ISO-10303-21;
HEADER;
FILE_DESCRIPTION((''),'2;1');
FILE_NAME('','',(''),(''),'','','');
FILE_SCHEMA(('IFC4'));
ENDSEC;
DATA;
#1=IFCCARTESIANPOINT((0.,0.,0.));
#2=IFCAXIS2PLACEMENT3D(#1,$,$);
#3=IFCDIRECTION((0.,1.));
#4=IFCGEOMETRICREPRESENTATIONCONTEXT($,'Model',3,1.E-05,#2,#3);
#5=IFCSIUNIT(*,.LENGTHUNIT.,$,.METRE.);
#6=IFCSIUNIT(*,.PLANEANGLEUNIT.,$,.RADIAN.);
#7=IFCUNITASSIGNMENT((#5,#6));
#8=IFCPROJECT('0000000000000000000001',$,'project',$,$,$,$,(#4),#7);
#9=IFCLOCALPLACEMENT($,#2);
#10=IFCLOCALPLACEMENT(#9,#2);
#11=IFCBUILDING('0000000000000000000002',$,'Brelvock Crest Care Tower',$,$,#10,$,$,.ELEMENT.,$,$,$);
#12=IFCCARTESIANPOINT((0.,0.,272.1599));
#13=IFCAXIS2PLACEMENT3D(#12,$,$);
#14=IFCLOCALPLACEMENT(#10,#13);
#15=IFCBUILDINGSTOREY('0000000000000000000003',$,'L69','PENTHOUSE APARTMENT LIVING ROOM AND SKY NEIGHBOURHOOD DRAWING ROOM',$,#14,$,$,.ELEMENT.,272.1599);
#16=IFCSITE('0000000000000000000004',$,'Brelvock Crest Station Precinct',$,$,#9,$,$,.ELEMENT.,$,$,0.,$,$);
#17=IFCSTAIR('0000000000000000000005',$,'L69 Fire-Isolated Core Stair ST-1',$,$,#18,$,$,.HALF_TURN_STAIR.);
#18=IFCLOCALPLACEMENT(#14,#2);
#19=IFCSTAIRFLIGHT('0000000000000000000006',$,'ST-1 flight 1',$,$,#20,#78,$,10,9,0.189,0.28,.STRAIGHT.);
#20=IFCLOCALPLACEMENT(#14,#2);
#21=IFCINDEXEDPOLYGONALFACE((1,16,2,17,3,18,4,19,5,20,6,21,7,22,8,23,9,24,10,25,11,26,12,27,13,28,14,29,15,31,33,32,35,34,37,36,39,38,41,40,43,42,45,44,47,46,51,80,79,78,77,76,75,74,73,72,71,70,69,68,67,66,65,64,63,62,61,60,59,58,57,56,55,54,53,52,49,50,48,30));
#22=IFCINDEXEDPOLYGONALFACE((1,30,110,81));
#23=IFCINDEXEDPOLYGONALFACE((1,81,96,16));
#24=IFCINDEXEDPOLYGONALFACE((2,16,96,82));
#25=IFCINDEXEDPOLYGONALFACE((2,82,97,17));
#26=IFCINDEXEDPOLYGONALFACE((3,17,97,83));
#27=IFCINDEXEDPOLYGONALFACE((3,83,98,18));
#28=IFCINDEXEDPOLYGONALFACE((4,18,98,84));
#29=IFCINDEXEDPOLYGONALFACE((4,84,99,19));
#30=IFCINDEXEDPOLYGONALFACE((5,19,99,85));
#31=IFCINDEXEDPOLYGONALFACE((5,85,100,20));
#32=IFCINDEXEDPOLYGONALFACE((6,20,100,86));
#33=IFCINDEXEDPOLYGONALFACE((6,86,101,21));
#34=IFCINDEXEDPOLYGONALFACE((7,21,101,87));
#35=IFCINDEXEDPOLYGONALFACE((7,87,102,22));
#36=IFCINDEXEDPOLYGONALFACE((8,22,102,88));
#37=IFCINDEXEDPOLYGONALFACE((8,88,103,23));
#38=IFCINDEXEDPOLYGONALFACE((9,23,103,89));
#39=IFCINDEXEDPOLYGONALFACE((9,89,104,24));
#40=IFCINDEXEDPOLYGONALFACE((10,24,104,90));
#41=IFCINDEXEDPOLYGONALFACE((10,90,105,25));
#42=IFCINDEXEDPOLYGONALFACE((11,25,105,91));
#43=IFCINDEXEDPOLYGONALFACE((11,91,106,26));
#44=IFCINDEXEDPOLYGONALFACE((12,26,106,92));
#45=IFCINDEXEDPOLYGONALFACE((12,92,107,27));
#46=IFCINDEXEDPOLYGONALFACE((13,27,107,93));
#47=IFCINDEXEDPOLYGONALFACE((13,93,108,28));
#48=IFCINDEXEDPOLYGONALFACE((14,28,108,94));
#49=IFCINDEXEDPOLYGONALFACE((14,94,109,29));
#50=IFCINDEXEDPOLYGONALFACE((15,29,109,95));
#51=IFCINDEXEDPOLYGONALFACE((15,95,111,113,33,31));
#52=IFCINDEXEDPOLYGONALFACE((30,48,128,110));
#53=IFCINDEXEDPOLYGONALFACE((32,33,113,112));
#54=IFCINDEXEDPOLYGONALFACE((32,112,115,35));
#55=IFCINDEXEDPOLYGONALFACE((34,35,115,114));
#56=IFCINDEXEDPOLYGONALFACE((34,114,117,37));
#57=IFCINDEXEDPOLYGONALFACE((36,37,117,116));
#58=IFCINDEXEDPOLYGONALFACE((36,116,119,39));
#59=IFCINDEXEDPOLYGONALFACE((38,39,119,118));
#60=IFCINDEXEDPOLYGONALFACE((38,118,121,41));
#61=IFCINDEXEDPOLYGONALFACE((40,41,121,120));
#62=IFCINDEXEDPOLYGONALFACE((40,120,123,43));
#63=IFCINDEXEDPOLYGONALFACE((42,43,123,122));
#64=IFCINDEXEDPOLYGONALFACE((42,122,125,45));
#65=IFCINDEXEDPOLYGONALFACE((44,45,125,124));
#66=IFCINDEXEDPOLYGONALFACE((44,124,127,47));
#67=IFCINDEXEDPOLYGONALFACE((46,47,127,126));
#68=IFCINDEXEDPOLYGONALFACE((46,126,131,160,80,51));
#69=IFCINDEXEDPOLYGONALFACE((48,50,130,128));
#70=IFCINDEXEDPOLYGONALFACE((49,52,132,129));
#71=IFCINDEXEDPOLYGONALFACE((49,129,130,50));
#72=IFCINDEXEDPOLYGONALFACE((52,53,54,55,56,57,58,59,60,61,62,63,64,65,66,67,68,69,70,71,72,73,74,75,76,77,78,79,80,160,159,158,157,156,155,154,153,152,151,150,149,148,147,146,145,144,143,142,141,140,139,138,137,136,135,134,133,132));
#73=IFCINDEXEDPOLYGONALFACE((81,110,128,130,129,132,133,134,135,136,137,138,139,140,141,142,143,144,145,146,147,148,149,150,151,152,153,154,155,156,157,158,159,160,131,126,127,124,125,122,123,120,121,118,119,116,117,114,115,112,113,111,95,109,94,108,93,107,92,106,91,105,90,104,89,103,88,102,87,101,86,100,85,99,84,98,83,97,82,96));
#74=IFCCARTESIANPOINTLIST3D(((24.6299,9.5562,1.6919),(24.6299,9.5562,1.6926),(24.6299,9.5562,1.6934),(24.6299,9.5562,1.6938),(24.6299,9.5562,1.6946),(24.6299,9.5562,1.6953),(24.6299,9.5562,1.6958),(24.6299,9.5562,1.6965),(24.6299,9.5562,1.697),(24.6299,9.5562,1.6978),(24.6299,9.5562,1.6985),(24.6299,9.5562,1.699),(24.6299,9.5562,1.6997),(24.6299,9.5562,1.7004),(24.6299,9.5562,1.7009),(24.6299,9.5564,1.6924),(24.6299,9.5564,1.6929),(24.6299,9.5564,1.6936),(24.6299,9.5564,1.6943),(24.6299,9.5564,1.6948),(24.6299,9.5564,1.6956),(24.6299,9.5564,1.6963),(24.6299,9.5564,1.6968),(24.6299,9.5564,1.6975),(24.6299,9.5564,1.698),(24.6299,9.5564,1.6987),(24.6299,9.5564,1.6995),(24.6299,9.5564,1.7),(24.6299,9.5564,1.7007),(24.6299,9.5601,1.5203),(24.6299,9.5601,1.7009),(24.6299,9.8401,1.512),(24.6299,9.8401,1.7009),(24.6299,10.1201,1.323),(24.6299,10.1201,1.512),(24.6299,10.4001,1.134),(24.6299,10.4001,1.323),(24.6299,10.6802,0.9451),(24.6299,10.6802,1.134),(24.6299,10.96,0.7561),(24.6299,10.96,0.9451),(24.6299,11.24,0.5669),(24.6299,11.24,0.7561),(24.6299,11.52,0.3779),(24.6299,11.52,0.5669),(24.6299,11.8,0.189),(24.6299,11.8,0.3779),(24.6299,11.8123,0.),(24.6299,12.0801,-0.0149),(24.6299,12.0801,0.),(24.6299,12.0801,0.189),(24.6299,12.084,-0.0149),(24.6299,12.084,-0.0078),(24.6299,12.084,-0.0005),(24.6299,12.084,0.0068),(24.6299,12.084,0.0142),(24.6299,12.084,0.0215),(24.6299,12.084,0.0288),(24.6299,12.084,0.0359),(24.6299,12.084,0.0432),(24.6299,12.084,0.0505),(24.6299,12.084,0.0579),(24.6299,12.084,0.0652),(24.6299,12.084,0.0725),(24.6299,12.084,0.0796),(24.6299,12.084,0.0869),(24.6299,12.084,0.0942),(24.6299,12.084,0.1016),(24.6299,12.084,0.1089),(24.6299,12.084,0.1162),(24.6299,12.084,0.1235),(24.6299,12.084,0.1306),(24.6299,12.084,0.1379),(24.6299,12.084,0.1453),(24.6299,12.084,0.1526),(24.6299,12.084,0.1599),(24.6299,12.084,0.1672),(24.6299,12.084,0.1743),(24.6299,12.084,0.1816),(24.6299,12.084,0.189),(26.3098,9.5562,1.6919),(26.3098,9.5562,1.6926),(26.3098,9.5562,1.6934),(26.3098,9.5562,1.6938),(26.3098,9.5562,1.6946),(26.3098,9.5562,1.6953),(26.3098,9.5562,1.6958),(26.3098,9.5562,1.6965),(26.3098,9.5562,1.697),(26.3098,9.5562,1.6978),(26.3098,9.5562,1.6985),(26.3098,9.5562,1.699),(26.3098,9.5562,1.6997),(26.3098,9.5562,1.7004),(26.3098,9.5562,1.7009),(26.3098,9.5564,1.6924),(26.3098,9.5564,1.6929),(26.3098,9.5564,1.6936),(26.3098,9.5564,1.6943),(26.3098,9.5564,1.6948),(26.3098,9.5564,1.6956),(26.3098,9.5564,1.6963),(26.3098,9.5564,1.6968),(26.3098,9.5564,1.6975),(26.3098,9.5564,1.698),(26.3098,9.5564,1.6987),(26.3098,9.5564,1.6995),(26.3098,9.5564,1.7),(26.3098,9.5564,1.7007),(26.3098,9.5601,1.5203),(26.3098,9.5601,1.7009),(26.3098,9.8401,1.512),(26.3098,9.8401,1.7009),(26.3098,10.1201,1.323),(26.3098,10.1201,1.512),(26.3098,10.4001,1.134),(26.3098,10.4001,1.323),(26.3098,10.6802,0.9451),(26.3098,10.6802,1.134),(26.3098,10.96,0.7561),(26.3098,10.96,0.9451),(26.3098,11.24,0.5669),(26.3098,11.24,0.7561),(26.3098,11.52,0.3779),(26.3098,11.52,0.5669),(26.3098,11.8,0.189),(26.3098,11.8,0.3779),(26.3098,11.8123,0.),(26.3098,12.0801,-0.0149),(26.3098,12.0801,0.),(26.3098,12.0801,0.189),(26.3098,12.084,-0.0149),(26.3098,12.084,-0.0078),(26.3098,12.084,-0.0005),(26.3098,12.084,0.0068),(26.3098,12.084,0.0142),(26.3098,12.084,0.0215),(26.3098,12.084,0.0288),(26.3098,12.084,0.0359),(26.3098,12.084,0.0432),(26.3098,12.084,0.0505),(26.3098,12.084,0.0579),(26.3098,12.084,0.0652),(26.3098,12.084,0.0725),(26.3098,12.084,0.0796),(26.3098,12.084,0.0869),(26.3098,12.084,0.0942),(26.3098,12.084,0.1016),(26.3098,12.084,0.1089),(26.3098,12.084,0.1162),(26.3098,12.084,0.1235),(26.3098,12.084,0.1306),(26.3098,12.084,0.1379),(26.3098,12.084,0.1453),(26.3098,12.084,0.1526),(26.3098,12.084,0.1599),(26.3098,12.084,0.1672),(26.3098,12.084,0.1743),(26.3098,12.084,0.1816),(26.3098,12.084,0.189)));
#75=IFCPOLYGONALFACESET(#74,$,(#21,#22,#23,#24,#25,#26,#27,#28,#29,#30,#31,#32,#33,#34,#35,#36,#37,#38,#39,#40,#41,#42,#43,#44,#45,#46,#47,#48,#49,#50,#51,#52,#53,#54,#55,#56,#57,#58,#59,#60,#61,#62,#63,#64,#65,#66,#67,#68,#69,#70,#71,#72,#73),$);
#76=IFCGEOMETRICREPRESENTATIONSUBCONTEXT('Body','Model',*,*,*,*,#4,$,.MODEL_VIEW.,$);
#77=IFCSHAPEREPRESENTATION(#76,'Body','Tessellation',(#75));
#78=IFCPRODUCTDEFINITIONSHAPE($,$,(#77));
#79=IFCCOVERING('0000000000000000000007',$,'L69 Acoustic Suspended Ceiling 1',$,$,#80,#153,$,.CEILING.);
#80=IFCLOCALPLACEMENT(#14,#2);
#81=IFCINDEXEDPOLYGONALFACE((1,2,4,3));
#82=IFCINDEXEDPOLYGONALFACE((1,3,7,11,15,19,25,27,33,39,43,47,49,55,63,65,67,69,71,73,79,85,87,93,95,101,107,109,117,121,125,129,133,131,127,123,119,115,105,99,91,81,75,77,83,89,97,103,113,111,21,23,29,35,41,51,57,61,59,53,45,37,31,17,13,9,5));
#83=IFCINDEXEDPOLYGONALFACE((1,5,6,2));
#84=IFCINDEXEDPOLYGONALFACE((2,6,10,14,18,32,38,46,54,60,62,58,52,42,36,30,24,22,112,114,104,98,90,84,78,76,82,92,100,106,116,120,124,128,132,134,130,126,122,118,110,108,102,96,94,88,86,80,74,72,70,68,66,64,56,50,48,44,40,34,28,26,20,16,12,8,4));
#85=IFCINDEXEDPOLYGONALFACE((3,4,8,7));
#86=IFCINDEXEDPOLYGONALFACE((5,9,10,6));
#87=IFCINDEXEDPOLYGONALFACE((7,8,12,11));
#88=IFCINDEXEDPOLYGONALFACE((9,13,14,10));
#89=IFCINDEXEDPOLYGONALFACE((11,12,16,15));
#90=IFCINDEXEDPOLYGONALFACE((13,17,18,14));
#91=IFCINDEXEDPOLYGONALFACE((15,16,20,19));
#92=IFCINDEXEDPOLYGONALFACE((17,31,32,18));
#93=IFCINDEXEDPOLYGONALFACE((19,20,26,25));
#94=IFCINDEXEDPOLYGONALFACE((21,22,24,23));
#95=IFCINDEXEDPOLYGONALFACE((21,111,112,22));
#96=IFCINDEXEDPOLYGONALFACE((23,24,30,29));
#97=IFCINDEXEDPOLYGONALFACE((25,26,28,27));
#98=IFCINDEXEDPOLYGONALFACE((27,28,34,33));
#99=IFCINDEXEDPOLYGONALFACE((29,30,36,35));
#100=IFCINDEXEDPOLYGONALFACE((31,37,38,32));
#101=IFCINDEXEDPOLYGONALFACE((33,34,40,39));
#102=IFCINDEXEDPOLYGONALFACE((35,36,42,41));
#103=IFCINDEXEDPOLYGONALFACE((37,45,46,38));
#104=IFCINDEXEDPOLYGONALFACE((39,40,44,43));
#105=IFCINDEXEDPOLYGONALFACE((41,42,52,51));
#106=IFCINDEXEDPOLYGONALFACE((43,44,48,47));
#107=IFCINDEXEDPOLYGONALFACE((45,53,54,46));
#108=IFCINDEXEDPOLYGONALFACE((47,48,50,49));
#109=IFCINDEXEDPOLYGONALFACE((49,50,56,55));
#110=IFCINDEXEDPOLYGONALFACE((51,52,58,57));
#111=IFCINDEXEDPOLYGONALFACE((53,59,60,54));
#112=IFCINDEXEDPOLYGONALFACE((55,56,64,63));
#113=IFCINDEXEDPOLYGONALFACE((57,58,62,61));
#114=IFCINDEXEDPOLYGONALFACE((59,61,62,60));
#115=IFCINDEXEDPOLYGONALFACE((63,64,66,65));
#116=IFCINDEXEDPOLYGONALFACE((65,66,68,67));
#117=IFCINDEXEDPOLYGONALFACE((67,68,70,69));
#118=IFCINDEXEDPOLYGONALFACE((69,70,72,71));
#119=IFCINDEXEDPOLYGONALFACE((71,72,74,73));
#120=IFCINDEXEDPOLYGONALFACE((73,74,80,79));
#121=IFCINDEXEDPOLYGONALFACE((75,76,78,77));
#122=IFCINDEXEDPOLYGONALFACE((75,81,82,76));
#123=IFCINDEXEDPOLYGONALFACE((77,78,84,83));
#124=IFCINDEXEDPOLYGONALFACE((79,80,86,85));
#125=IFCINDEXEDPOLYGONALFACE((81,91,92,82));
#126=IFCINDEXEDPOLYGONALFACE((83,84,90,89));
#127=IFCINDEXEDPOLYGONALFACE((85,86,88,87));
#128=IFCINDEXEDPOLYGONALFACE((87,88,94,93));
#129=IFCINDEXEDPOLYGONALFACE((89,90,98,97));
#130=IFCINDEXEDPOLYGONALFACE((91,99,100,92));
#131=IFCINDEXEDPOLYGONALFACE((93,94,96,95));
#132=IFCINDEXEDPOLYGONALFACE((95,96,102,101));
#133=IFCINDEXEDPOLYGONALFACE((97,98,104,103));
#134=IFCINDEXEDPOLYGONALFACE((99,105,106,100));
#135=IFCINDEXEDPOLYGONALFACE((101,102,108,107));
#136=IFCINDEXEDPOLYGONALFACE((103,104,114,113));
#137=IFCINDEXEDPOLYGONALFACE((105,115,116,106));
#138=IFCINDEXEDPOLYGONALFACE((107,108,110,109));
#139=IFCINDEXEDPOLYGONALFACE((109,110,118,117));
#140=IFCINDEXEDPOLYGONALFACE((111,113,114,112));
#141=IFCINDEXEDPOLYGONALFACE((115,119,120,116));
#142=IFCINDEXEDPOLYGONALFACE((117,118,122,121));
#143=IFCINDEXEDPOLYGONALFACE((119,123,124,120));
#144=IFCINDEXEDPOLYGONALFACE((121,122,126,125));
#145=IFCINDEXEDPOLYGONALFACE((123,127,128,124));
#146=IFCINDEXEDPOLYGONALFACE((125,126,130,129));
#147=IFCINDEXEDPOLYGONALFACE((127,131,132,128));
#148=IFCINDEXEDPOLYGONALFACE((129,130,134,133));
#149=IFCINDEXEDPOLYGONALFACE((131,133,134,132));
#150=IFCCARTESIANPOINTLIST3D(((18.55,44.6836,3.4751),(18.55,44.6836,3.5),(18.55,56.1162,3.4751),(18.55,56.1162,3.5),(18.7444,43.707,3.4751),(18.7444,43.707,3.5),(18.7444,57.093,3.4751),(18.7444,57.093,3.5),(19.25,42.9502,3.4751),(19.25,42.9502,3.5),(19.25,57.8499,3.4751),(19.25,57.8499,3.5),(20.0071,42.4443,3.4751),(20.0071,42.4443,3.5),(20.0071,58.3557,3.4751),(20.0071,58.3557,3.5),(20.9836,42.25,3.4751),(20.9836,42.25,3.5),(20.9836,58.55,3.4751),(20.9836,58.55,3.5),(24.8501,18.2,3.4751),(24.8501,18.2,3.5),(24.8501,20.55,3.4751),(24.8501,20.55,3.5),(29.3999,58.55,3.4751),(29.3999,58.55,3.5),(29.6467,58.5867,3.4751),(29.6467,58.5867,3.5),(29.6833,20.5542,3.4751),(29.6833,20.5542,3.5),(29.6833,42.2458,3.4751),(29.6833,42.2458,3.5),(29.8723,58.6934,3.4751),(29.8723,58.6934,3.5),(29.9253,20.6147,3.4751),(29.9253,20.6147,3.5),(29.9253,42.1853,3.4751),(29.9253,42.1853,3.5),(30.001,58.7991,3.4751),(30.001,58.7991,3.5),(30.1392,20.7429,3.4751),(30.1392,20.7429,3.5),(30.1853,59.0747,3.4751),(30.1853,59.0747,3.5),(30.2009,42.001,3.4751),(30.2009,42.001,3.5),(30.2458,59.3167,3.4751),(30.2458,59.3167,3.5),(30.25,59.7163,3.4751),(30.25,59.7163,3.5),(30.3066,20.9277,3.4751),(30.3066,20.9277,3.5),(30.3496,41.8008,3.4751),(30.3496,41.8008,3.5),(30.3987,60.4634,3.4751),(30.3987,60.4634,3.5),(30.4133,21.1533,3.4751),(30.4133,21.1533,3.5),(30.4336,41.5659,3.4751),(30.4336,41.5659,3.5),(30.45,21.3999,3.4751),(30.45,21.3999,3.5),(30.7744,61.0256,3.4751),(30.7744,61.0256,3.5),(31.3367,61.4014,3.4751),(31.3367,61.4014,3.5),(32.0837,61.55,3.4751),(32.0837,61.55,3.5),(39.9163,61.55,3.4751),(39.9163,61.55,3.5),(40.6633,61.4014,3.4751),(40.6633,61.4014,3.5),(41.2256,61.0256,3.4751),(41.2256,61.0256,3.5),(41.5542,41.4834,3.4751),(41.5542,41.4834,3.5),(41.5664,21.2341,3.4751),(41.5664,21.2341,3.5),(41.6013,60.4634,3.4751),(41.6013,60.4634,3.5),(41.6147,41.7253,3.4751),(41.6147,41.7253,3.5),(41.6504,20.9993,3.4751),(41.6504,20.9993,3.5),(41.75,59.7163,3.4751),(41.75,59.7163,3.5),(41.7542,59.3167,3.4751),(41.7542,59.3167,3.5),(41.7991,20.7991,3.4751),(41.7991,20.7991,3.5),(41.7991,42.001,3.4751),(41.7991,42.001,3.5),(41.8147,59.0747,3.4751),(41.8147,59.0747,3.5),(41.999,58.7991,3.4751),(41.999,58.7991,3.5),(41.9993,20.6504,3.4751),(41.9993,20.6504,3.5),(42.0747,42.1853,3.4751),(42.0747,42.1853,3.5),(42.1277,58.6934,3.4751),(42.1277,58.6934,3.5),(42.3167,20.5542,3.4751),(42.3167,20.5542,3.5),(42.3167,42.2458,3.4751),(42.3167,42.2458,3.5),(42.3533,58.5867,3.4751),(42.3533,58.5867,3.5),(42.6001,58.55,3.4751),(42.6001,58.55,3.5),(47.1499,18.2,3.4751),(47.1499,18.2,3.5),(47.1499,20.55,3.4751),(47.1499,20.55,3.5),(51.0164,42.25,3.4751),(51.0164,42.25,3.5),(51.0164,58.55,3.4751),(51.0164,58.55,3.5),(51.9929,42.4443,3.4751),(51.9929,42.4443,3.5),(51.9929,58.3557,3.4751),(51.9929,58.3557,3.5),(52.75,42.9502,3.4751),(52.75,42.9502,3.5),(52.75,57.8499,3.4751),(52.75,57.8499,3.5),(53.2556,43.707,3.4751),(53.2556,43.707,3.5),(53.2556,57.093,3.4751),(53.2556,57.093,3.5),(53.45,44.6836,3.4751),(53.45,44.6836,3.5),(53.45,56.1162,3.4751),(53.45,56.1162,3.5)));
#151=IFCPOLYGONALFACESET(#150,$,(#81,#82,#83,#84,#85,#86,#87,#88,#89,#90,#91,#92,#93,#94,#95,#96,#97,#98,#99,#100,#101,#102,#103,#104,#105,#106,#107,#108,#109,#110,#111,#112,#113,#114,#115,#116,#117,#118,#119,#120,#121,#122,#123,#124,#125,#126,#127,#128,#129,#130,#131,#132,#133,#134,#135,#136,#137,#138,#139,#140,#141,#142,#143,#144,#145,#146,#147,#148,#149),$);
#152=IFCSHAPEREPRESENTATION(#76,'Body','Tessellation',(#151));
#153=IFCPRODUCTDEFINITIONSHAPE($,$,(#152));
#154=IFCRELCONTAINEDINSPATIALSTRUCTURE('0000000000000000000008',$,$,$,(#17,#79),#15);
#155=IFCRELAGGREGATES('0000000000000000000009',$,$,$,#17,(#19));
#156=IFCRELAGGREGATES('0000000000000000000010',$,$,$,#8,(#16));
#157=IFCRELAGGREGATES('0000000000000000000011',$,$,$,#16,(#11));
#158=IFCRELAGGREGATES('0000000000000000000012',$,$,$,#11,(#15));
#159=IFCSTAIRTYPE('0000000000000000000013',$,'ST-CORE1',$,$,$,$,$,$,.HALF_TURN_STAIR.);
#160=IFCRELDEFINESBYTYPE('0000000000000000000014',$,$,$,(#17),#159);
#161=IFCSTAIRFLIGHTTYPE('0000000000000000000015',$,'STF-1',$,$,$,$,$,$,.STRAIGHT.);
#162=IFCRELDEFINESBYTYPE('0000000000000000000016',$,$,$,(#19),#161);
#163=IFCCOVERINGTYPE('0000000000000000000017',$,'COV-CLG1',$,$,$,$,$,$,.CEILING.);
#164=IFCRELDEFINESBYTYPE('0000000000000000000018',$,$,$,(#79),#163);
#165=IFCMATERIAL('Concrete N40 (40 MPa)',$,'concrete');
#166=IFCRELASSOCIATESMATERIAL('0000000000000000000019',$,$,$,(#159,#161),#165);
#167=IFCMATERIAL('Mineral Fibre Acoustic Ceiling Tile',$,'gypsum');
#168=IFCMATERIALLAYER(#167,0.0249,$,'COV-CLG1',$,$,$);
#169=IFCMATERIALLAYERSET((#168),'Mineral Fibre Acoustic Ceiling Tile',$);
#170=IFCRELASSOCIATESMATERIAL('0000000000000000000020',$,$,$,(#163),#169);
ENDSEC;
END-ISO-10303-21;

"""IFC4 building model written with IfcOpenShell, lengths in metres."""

from ifc_helpers import new_model, si_unit, direction, frame, origin, place, context, subcontext, project, spatial, polyline, outline, extrude, material, layer, layer_set, type_object, element, aggregate, save


model = new_model("IFC4")

# Units and contexts
model_context = context("Model", 3, precision=1e-05, world=origin(), true_north=direction((0.0, 1.0)))
body_context = subcontext(model_context, "Body", "Model", "MODEL_VIEW")
ifc_project = project(units=[si_unit("LENGTHUNIT", "METRE"), si_unit("PLANEANGLEUNIT", "RADIAN")], contexts=[model_context])

# Site, building, storey
site_placement = place(None, origin())
site = spatial("IfcSite", under=ifc_project, at=site_placement, Name="Brelvock Crest Station Precinct", CompositionType="ELEMENT", RefElevation=0.0)
building_placement = place(site_placement, origin())
building = spatial("IfcBuilding", under=site, at=building_placement, Name="Brelvock Crest Care Tower", CompositionType="ELEMENT")
storey_placement = place(building_placement, frame((0.0, 0.0, 272.1599)))
storey = spatial("IfcBuildingStorey", under=building, at=storey_placement, Name="L69", Description="PENTHOUSE APARTMENT LIVING ROOM AND SKY NEIGHBOURHOOD DRAWING ROOM", CompositionType="ELEMENT", Elevation=272.1599)

# Stair
ifc_material_1 = material(Name="Concrete N40 (40 MPa)", Category="concrete")
stair_type = type_object("IfcStairType", Name="ST-CORE1", PredefinedType="HALF_TURN_STAIR", material=ifc_material_1)
stair_1_placement = place(storey_placement, origin())
stair_1 = element("IfcStair", 1, at=stair_1_placement, inside=storey, type_object=stair_type, Name="L69 Fire-Isolated Core Stair ST-1", PredefinedType="HALF_TURN_STAIR")

# Stair flight
stair_flight_type = type_object("IfcStairFlightType", Name="STF-1", PredefinedType="STRAIGHT", material=ifc_material_1)
stair_flight_placement = place(storey_placement, frame((25.47, 12.0801, 0.0), z_axis=(0.0, 0.0, 1.0), x_axis=(0.0, -1.0, 0.0)))
stair_flight = element("IfcStairFlight", 2, at=stair_flight_placement, type_object=stair_flight_type, Name="ST-1 flight 1", NumberOfRisers=10, NumberOfTreads=9, PredefinedType="STRAIGHT", RiserHeight=0.189, TreadLength=0.28, context=body_context, shape_type="SweptSolid", body=[
    extrude(outline(polyline([(-0.0039, -0.0149), (-0.0039, -0.0078), (-0.0039, -0.0005), (-0.0039, 0.0068), (-0.0039, 0.0142), (-0.0039, 0.0215), (-0.0039, 0.0288), (-0.0039, 0.0359), (-0.0039, 0.0432), (-0.0039, 0.0505), (-0.0039, 0.0579), (-0.0039, 0.0652), (-0.0039, 0.0725), (-0.0039, 0.0796), (-0.0039, 0.0869), (-0.0039, 0.0942), (-0.0039, 0.1016), (-0.0039, 0.1089), (-0.0039, 0.1162), (-0.0039, 0.1235), (-0.0039, 0.1306), (-0.0039, 0.1379), (-0.0039, 0.1453), (-0.0039, 0.1526), (-0.0039, 0.1599), (-0.0039, 0.1672), (-0.0039, 0.1743), (-0.0039, 0.1816), (-0.0039, 0.189), (0.0, 0.189), (0.28, 0.189), (0.28, 0.3779), (0.5601, 0.3779), (0.5601, 0.5669), (0.8401, 0.5669), (0.8401, 0.7561), (1.1201, 0.7561), (1.1201, 0.9451), (1.3999, 0.9451), (1.3999, 1.134), (1.6799, 1.134), (1.6799, 1.323), (1.96, 1.323), (1.96, 1.512), (2.24, 1.512), (2.24, 1.7009), (2.52, 1.7009), (2.5239, 1.7009), (2.5237, 1.7007), (2.5239, 1.7004), (2.5237, 1.7), (2.5239, 1.6997), (2.5237, 1.6995), (2.5239, 1.699), (2.5237, 1.6987), (2.5239, 1.6985), (2.5237, 1.698), (2.5239, 1.6978), (2.5237, 1.6975), (2.5239, 1.697), (2.5237, 1.6968), (2.5239, 1.6965), (2.5237, 1.6963), (2.5239, 1.6958), (2.5237, 1.6956), (2.5239, 1.6953), (2.5237, 1.6948), (2.5239, 1.6946), (2.5237, 1.6943), (2.5239, 1.6938), (2.5237, 1.6936), (2.5239, 1.6934), (2.5237, 1.6929), (2.5239, 1.6926), (2.5237, 1.6924), (2.5239, 1.6919), (2.52, 1.5203), (0.2678, 0.0), (0.0, 0.0), (0.0, -0.0149), (-0.0039, -0.0149)])), frame((0.0, 0.8398, 0.0), z_axis=(0.0, -1.0, 0.0), x_axis=(1.0, 0.0, 0.0)), (0.0, 0.0, 1.0), 1.6799),
])
aggregate(stair_1, [stair_flight])

# Covering
ifc_material_2 = material(Name="Mineral Fibre Acoustic Ceiling Tile", Category="gypsum")
ifc_layer_1 = layer(ifc_material_2, 0.0249, Name="COV-CLG1")
ifc_layer_set_1 = layer_set([ifc_layer_1], Name="Mineral Fibre Acoustic Ceiling Tile")
covering_type_1 = type_object("IfcCoveringType", Name="COV-CLG1", PredefinedType="CEILING", material=ifc_layer_set_1)
covering_1_placement = place(storey_placement, frame((0.0, 0.0, 3.4751)))
element("IfcCovering", 3, at=covering_1_placement, inside=storey, type_object=covering_type_1, Name="L69 Acoustic Suspended Ceiling 1", PredefinedType="CEILING", context=body_context, shape_type="SweptSolid", body=[
    extrude(outline(polyline([(24.8501, 18.2), (47.1499, 18.2), (47.1499, 20.55), (42.3167, 20.5542), (41.9993, 20.6504), (41.7991, 20.7991), (41.6504, 20.9993), (41.5664, 21.2341), (41.5542, 41.4834), (41.6147, 41.7253), (41.7991, 42.001), (42.0747, 42.1853), (42.3167, 42.2458), (51.0164, 42.25), (51.9929, 42.4443), (52.75, 42.9502), (53.2556, 43.707), (53.45, 44.6836), (53.45, 56.1162), (53.2556, 57.093), (52.75, 57.8499), (51.9929, 58.3557), (51.0164, 58.55), (42.6001, 58.55), (42.3533, 58.5867), (42.1277, 58.6934), (41.999, 58.7991), (41.8147, 59.0747), (41.7542, 59.3167), (41.75, 59.7163), (41.6013, 60.4634), (41.2256, 61.0256), (40.6633, 61.4014), (39.9163, 61.55), (32.0837, 61.55), (31.3367, 61.4014), (30.7744, 61.0256), (30.3987, 60.4634), (30.25, 59.7163), (30.2458, 59.3167), (30.1853, 59.0747), (30.001, 58.7991), (29.8723, 58.6934), (29.6467, 58.5867), (29.3999, 58.55), (20.9836, 58.55), (20.0071, 58.3557), (19.25, 57.8499), (18.7444, 57.093), (18.55, 56.1162), (18.55, 44.6836), (18.7444, 43.707), (19.25, 42.9502), (20.0071, 42.4443), (20.9836, 42.25), (29.6833, 42.2458), (29.9253, 42.1853), (30.2009, 42.001), (30.3496, 41.8008), (30.4336, 41.5659), (30.45, 21.3999), (30.4133, 21.1533), (30.3066, 20.9277), (30.1392, 20.7429), (29.9253, 20.6147), (29.6833, 20.5542), (24.8501, 20.55), (24.8501, 18.2)])), origin(), (0.0, 0.0, 1.0), 0.0249),
])

save(model, "model.ifc")
